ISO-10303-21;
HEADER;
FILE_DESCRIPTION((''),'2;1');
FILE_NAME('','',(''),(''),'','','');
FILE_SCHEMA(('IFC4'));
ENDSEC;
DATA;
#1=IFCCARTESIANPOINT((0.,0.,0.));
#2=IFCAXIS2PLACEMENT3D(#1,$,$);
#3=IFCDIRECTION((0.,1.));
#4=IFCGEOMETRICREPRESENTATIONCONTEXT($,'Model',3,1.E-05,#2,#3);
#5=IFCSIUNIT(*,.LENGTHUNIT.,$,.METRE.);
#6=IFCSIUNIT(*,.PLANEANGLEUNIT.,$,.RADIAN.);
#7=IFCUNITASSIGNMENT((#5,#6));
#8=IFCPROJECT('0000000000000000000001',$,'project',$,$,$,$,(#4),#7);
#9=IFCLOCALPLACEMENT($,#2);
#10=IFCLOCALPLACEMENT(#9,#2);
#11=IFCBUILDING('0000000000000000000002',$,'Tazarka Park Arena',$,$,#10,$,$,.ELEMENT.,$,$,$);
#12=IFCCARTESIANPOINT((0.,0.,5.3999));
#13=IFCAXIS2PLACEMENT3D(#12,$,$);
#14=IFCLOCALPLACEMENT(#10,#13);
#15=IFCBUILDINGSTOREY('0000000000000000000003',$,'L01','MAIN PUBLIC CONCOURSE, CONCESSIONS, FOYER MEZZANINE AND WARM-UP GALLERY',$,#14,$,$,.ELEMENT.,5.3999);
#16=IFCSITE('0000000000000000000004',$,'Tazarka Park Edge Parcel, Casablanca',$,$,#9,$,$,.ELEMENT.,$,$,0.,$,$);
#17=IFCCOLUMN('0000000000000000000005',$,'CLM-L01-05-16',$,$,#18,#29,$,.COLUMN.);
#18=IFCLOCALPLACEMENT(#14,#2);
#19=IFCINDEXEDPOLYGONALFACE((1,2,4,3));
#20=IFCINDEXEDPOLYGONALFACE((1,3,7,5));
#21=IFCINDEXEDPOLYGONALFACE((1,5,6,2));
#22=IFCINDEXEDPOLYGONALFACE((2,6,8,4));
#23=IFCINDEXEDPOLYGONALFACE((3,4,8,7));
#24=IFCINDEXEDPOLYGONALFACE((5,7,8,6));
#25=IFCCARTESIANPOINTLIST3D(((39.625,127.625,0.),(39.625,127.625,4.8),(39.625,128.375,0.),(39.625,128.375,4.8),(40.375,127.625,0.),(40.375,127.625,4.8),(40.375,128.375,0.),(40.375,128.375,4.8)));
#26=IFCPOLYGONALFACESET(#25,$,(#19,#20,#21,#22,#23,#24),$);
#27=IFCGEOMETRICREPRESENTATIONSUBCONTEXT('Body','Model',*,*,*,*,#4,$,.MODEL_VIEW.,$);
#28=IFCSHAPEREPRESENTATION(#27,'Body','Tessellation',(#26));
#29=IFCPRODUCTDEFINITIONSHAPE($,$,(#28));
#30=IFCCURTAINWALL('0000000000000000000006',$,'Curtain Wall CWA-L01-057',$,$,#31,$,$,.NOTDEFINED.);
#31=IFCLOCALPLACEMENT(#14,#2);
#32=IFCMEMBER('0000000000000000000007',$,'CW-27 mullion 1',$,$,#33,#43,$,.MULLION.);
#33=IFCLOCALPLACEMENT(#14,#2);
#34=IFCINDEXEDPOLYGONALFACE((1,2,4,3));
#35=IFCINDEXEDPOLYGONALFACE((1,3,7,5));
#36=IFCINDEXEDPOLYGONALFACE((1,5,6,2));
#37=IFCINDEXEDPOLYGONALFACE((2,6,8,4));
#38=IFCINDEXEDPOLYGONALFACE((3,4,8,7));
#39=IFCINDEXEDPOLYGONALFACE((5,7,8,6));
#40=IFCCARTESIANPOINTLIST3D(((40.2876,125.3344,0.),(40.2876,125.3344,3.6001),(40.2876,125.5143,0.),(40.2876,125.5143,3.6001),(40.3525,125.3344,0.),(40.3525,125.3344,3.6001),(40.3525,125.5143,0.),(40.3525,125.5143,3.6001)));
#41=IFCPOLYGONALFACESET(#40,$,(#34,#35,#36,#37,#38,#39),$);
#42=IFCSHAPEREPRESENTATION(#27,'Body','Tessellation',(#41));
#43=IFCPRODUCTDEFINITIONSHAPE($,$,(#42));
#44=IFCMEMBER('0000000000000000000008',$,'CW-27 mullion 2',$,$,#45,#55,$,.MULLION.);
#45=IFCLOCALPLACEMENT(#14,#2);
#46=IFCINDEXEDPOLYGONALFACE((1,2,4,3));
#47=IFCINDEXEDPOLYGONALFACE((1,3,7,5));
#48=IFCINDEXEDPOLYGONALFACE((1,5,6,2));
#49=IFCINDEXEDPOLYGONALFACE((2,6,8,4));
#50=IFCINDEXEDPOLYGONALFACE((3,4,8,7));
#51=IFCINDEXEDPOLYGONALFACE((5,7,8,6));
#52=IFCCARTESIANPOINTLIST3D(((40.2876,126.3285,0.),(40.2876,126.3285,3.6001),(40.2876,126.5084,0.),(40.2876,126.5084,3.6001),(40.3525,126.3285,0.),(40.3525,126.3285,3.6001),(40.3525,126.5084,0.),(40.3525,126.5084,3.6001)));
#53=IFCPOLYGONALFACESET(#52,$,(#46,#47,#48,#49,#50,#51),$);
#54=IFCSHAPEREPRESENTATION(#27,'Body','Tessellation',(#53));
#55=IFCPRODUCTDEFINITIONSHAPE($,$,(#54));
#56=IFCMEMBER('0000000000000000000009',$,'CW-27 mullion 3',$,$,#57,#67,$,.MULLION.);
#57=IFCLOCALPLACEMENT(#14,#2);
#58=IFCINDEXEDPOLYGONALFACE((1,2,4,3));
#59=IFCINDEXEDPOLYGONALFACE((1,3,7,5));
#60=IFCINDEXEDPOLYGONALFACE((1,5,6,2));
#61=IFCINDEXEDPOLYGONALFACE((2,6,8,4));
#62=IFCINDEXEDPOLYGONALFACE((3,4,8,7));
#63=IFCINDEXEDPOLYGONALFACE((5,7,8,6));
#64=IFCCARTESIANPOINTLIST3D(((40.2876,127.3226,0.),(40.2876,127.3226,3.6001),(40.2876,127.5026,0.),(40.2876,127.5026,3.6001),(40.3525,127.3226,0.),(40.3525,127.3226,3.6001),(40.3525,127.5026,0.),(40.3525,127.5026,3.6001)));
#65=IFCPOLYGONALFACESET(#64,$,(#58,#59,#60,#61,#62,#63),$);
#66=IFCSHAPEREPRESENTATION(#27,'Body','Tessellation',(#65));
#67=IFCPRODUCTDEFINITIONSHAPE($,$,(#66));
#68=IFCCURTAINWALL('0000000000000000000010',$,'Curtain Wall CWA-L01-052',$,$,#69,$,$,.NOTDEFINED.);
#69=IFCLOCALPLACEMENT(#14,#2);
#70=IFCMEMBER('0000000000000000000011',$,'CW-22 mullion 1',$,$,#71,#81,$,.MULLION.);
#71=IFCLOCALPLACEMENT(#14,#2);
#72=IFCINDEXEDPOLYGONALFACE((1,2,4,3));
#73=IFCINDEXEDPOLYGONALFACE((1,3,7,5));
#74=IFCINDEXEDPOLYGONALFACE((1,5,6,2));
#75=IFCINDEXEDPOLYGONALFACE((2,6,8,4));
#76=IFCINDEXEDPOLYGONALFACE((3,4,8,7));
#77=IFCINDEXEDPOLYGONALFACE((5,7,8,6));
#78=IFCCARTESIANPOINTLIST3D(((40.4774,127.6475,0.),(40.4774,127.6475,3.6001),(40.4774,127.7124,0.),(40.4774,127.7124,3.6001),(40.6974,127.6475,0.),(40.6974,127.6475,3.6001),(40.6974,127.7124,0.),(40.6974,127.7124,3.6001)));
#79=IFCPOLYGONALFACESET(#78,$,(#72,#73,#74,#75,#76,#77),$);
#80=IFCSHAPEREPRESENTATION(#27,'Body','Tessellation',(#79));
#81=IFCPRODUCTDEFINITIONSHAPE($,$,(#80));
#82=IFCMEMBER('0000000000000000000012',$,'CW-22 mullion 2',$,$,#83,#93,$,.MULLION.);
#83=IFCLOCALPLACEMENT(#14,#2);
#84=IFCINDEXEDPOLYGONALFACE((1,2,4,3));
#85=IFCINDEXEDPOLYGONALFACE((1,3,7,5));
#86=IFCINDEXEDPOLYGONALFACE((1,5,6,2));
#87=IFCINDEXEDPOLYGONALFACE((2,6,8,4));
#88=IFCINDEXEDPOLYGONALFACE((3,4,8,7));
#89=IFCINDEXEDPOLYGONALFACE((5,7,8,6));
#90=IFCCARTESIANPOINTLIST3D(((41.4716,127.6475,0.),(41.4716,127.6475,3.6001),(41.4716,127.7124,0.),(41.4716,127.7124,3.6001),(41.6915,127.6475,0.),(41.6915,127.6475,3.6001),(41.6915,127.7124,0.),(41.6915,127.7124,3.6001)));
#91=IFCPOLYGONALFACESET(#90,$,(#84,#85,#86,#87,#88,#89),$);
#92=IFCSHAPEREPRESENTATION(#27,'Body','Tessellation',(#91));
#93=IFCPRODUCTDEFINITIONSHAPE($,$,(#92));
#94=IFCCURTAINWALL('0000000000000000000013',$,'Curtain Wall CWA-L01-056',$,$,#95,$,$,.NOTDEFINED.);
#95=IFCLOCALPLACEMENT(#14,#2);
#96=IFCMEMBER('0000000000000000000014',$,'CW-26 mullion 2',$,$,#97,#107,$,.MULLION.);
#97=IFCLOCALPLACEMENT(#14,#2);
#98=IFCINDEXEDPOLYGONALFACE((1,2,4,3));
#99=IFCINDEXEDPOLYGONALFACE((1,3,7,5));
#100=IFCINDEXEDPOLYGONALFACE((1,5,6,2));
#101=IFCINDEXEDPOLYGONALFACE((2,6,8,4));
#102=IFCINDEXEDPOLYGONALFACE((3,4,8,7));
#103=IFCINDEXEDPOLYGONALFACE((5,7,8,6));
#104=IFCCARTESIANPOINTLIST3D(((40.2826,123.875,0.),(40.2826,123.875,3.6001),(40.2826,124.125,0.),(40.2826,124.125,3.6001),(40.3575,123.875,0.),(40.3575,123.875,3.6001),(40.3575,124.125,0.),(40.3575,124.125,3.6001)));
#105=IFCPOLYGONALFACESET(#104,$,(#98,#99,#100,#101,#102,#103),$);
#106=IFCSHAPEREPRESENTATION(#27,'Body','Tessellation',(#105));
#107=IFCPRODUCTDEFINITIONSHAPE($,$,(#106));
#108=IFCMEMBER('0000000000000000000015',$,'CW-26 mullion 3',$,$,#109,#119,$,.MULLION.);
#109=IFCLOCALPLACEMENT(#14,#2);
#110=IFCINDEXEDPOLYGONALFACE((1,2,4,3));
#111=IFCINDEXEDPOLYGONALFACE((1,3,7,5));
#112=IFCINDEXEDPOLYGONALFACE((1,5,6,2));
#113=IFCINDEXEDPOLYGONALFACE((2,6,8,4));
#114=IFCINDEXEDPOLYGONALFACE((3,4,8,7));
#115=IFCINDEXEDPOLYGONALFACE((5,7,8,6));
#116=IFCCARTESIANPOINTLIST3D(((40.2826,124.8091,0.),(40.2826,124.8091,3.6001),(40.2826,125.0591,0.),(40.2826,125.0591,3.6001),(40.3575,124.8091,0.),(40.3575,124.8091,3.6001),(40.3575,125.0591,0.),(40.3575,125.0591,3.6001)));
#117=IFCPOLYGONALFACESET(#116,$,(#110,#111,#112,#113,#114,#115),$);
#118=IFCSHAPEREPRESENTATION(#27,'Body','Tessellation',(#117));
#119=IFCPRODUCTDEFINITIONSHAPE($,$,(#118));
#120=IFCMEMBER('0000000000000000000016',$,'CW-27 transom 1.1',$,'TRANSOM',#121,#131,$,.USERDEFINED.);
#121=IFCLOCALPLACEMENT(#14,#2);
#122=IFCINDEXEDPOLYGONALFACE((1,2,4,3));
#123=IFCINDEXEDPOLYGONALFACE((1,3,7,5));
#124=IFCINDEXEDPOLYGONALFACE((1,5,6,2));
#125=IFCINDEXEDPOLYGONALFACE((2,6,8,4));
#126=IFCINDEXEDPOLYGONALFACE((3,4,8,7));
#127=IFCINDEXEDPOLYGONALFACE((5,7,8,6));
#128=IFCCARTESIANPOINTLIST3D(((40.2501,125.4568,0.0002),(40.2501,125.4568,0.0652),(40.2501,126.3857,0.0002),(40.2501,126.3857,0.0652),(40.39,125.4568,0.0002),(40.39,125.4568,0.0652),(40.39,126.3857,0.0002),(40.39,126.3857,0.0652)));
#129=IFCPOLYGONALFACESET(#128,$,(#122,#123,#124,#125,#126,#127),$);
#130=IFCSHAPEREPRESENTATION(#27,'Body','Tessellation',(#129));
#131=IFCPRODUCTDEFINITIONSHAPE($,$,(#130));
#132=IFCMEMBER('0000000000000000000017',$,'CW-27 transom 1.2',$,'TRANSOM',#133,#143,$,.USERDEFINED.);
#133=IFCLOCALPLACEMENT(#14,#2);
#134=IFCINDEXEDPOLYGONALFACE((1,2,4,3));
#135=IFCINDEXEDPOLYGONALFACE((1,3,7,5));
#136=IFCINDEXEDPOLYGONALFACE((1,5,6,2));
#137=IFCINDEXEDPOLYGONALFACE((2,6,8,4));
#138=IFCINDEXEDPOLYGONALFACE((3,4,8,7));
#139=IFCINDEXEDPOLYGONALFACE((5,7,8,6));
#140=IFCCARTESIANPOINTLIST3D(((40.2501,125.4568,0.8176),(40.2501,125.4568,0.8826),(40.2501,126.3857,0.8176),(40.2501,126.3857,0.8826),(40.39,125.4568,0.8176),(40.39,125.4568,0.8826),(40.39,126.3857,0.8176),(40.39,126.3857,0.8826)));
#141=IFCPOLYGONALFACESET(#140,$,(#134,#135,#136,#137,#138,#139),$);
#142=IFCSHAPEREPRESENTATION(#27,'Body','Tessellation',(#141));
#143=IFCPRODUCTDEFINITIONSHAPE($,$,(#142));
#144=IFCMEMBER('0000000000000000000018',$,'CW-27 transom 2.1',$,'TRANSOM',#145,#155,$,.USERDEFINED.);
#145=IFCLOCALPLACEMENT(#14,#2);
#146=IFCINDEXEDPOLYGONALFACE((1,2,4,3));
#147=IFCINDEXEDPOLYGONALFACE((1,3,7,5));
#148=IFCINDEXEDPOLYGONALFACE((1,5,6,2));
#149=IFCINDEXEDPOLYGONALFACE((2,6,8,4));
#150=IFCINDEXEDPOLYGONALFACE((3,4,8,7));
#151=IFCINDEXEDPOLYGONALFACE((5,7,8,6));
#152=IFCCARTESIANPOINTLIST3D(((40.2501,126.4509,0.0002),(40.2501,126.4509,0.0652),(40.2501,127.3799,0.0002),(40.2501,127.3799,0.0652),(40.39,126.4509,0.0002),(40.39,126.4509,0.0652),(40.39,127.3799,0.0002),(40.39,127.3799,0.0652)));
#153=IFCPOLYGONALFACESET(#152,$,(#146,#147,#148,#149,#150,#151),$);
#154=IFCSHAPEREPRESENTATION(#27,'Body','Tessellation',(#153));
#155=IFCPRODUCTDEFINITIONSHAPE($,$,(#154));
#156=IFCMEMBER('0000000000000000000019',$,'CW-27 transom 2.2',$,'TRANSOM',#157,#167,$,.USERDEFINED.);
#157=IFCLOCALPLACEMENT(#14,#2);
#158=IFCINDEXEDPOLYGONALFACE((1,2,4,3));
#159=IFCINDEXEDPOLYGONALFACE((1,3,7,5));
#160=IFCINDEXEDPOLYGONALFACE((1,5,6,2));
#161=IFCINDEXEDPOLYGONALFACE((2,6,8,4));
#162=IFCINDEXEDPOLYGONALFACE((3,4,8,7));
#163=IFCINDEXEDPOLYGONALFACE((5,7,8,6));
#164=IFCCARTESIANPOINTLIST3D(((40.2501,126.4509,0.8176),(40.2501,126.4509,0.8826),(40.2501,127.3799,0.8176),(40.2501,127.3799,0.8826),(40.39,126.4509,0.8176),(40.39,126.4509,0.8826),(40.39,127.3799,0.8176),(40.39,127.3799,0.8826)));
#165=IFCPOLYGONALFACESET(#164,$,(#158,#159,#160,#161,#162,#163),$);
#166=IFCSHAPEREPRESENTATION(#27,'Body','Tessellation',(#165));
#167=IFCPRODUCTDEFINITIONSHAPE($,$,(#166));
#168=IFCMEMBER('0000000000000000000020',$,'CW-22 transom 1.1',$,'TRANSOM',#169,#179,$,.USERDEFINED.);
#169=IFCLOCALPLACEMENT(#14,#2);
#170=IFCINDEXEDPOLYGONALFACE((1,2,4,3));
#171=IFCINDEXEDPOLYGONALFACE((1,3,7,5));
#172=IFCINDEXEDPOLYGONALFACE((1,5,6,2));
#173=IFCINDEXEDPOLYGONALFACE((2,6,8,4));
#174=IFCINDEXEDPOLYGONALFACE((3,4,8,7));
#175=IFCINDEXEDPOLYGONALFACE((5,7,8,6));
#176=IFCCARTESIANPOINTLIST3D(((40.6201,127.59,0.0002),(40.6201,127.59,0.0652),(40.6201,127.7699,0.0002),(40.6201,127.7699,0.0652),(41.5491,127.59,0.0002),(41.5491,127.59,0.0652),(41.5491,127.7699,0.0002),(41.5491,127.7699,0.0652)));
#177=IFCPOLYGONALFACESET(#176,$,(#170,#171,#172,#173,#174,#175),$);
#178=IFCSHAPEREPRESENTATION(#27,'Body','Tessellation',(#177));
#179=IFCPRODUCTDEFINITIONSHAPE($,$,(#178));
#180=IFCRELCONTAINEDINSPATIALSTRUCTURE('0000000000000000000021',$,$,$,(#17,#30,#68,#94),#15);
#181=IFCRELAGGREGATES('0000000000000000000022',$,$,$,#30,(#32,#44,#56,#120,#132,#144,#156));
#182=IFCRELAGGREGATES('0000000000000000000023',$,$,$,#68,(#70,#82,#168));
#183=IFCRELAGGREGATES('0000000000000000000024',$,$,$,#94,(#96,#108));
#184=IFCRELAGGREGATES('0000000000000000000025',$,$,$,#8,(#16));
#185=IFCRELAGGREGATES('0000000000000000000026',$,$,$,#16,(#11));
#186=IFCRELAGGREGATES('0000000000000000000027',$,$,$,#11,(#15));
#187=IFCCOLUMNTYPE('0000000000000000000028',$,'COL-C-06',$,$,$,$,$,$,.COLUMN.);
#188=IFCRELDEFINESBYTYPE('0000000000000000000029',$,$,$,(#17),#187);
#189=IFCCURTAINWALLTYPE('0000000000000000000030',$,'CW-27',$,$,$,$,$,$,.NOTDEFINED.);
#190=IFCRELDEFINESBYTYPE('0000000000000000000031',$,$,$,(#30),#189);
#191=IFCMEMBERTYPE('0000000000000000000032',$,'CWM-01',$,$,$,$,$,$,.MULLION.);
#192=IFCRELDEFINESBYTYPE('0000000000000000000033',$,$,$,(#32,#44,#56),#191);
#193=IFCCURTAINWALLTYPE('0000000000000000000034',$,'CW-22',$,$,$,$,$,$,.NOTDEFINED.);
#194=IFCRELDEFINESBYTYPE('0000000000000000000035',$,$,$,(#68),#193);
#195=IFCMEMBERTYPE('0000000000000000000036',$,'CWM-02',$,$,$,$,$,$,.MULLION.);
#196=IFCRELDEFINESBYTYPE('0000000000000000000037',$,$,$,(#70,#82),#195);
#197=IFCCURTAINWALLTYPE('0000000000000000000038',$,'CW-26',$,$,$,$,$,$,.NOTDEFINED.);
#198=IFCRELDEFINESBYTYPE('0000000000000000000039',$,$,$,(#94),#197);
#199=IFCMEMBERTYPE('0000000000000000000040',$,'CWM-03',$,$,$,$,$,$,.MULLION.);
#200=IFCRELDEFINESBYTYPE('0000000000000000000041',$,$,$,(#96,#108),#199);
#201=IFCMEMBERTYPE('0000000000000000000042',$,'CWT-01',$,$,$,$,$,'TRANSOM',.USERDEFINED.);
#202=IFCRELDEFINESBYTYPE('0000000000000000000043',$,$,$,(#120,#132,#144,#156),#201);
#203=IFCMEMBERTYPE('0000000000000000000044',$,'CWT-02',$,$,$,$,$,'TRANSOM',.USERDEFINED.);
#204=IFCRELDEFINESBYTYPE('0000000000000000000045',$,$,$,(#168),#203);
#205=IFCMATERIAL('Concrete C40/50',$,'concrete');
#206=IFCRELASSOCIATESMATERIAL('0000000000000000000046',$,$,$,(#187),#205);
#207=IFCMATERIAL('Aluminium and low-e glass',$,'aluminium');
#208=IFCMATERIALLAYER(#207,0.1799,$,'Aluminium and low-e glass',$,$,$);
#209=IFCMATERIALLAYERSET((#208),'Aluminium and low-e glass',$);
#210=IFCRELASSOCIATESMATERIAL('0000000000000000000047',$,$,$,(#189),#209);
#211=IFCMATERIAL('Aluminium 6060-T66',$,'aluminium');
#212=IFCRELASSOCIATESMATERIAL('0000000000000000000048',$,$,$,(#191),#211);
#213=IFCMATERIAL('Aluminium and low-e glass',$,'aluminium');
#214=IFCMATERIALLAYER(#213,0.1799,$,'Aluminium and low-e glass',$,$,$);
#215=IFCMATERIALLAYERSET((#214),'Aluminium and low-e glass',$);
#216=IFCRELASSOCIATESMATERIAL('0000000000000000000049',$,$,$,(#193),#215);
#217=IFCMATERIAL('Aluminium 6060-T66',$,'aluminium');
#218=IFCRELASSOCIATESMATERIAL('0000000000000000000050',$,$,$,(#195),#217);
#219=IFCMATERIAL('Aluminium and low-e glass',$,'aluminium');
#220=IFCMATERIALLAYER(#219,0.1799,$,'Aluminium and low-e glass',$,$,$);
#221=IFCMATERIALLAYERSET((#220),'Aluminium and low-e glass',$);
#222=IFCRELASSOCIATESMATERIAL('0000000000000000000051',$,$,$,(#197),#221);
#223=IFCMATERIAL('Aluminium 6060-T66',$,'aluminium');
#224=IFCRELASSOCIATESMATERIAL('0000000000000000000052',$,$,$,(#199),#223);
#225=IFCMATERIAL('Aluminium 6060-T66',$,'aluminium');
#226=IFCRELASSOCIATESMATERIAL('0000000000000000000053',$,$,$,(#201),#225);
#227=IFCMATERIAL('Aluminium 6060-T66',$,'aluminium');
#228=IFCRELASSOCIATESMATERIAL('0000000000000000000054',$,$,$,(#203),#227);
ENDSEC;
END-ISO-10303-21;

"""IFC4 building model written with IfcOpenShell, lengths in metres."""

from ifc_helpers import new_model, si_unit, direction, frame, origin, origin_2d, place, context, subcontext, project, spatial, rectangle, extrude, material, layer, layer_set, material_profile, profile_set, type_object, element, aggregate, save


model = new_model("IFC4")

# Units and contexts
model_context = context("Model", 3, precision=1e-05, world=origin(), true_north=direction((0.0, 1.0)))
body_context = subcontext(model_context, "Body", "Model", "MODEL_VIEW")
ifc_project = project(units=[si_unit("LENGTHUNIT", "METRE"), si_unit("PLANEANGLEUNIT", "RADIAN")], contexts=[model_context])

# Site, building, storey
site_placement = place(None, origin())
site = spatial("IfcSite", under=ifc_project, at=site_placement, Name="Tazarka Park Edge Parcel, Casablanca", CompositionType="ELEMENT", RefElevation=0.0)
building_placement = place(site_placement, origin())
building = spatial("IfcBuilding", under=site, at=building_placement, Name="Tazarka Park Arena", CompositionType="ELEMENT")
storey_placement = place(building_placement, frame((0.0, 0.0, 5.3999)))
storey = spatial("IfcBuildingStorey", under=building, at=storey_placement, Name="L01", Description="MAIN PUBLIC CONCOURSE, CONCESSIONS, FOYER MEZZANINE AND WARM-UP GALLERY", CompositionType="ELEMENT", Elevation=5.3999)

# Column
ifc_material_1 = material(Name="Concrete C40/50", Category="concrete")
ifc_material_profile_1 = material_profile(ifc_material_1, rectangle(XDim=0.75, YDim=0.75, at=origin_2d()), Name="Concrete C40/50")
ifc_profile_set_1 = profile_set([ifc_material_profile_1], Name="Concrete C40/50")
column_type = type_object("IfcColumnType", Name="COL-C-06", PredefinedType="COLUMN", material=ifc_profile_set_1)
column_placement = place(storey_placement, frame((40.0, 128.0, 0.0), z_axis=(0.0, 0.0, 1.0), x_axis=(1.0, 0.0, 0.0)))
element("IfcColumn", 1, at=column_placement, inside=storey, type_object=column_type, Name="CLM-L01-05-16", PredefinedType="COLUMN", context=body_context, shape_type="SweptSolid", body=[
    extrude(rectangle(XDim=0.75, YDim=0.75, at=origin_2d()), origin(), (0.0, 0.0, 1.0), 4.8),
])

# Curtain walls, members
ifc_material_2 = material(Name="Aluminium and low-e glass", Category="aluminium")
ifc_layer_1 = layer(ifc_material_2, 0.1799, Name="Aluminium and low-e glass")
ifc_layer_set_1 = layer_set([ifc_layer_1], Name="Aluminium and low-e glass")
curtain_wall_type_1 = type_object("IfcCurtainWallType", Name="CW-27", PredefinedType="NOTDEFINED", material=ifc_layer_set_1)
curtain_wall_1_placement = place(storey_placement, origin())
curtain_wall_1 = element("IfcCurtainWall", 2, at=curtain_wall_1_placement, inside=storey, type_object=curtain_wall_type_1, Name="Curtain Wall CWA-L01-057", PredefinedType="NOTDEFINED")
ifc_material_3 = material(Name="Aluminium 6060-T66", Category="aluminium")
ifc_material_profile_2 = material_profile(ifc_material_3, rectangle(XDim=0.0649, YDim=0.1799, at=origin_2d()), Name="Aluminium 6060-T66")
ifc_profile_set_2 = profile_set([ifc_material_profile_2], Name="Aluminium 6060-T66")
member_type_1 = type_object("IfcMemberType", Name="CWM-01", PredefinedType="MULLION", material=ifc_profile_set_2)
member_1_placement = place(storey_placement, frame((40.3201, 125.4243, 0.0), z_axis=(0.0, 0.0, 1.0), x_axis=(-1.0, 0.0, 0.0)))
member_1 = element("IfcMember", 3, at=member_1_placement, type_object=member_type_1, Name="CW-27 mullion 1", PredefinedType="MULLION", context=body_context, shape_type="SweptSolid", body=[
    extrude(rectangle(XDim=0.0649, YDim=0.1799, at=origin_2d()), origin(), (0.0, 0.0, 1.0), 3.6001),
])
member_2_placement = place(storey_placement, frame((40.3201, 126.4185, 0.0), z_axis=(0.0, 0.0, 1.0), x_axis=(-1.0, 0.0, 0.0)))
member_2 = element("IfcMember", 4, at=member_2_placement, type_object=member_type_1, Name="CW-27 mullion 2", PredefinedType="MULLION", context=body_context, shape_type="SweptSolid", body=[
    extrude(rectangle(XDim=0.0649, YDim=0.1799, at=origin_2d()), origin(), (0.0, 0.0, 1.0), 3.6001),
])
member_3_placement = place(storey_placement, frame((40.3201, 127.4126, 0.0), z_axis=(0.0, 0.0, 1.0), x_axis=(-1.0, 0.0, 0.0)))
member_3 = element("IfcMember", 5, at=member_3_placement, type_object=member_type_1, Name="CW-27 mullion 3", PredefinedType="MULLION", context=body_context, shape_type="SweptSolid", body=[
    extrude(rectangle(XDim=0.0649, YDim=0.1799, at=origin_2d()), origin(), (0.0, 0.0, 1.0), 3.6001),
])
ifc_material_4 = material(Name="Aluminium and low-e glass", Category="aluminium")
ifc_layer_2 = layer(ifc_material_4, 0.1799, Name="Aluminium and low-e glass")
ifc_layer_set_2 = layer_set([ifc_layer_2], Name="Aluminium and low-e glass")
curtain_wall_type_2 = type_object("IfcCurtainWallType", Name="CW-22", PredefinedType="NOTDEFINED", material=ifc_layer_set_2)
curtain_wall_2_placement = place(storey_placement, origin())
curtain_wall_2 = element("IfcCurtainWall", 6, at=curtain_wall_2_placement, inside=storey, type_object=curtain_wall_type_2, Name="Curtain Wall CWA-L01-052", PredefinedType="NOTDEFINED")
ifc_material_5 = material(Name="Aluminium 6060-T66", Category="aluminium")
ifc_material_profile_3 = material_profile(ifc_material_5, rectangle(XDim=0.0649, YDim=0.22, at=origin_2d()), Name="Aluminium 6060-T66")
ifc_profile_set_3 = profile_set([ifc_material_profile_3], Name="Aluminium 6060-T66")
member_type_2 = type_object("IfcMemberType", Name="CWM-02", PredefinedType="MULLION", material=ifc_profile_set_3)
member_4_placement = place(storey_placement, frame((40.5874, 127.6799, 0.0), z_axis=(0.0, 0.0, 1.0), x_axis=(0.0, 1.0, 0.0)))
member_4 = element("IfcMember", 7, at=member_4_placement, type_object=member_type_2, Name="CW-22 mullion 1", PredefinedType="MULLION", context=body_context, shape_type="SweptSolid", body=[
    extrude(rectangle(XDim=0.0649, YDim=0.22, at=origin_2d()), origin(), (0.0, 0.0, 1.0), 3.6001),
])
member_5_placement = place(storey_placement, frame((41.5815, 127.6799, 0.0), z_axis=(0.0, 0.0, 1.0), x_axis=(0.0, 1.0, 0.0)))
member_5 = element("IfcMember", 8, at=member_5_placement, type_object=member_type_2, Name="CW-22 mullion 2", PredefinedType="MULLION", context=body_context, shape_type="SweptSolid", body=[
    extrude(rectangle(XDim=0.0649, YDim=0.22, at=origin_2d()), origin(), (0.0, 0.0, 1.0), 3.6001),
])
ifc_material_6 = material(Name="Aluminium and low-e glass", Category="aluminium")
ifc_layer_3 = layer(ifc_material_6, 0.1799, Name="Aluminium and low-e glass")
ifc_layer_set_3 = layer_set([ifc_layer_3], Name="Aluminium and low-e glass")
curtain_wall_type_3 = type_object("IfcCurtainWallType", Name="CW-26", PredefinedType="NOTDEFINED", material=ifc_layer_set_3)
curtain_wall_3_placement = place(storey_placement, origin())
curtain_wall_3 = element("IfcCurtainWall", 9, at=curtain_wall_3_placement, inside=storey, type_object=curtain_wall_type_3, Name="Curtain Wall CWA-L01-056", PredefinedType="NOTDEFINED")
ifc_material_7 = material(Name="Aluminium 6060-T66", Category="aluminium")
ifc_material_profile_4 = material_profile(ifc_material_7, rectangle(XDim=0.075, YDim=0.25, at=origin_2d()), Name="Aluminium 6060-T66")
ifc_profile_set_4 = profile_set([ifc_material_profile_4], Name="Aluminium 6060-T66")
member_type_3 = type_object("IfcMemberType", Name="CWM-03", PredefinedType="MULLION", material=ifc_profile_set_4)
member_6_placement = place(storey_placement, frame((40.3201, 124.0, 0.0), z_axis=(0.0, 0.0, 1.0), x_axis=(-1.0, 0.0, 0.0)))
member_6 = element("IfcMember", 10, at=member_6_placement, type_object=member_type_3, Name="CW-26 mullion 2", PredefinedType="MULLION", context=body_context, shape_type="SweptSolid", body=[
    extrude(rectangle(XDim=0.075, YDim=0.25, at=origin_2d()), origin(), (0.0, 0.0, 1.0), 3.6001),
])
member_7_placement = place(storey_placement, frame((40.3201, 124.9341, 0.0), z_axis=(0.0, 0.0, 1.0), x_axis=(-1.0, 0.0, 0.0)))
member_7 = element("IfcMember", 11, at=member_7_placement, type_object=member_type_3, Name="CW-26 mullion 3", PredefinedType="MULLION", context=body_context, shape_type="SweptSolid", body=[
    extrude(rectangle(XDim=0.075, YDim=0.25, at=origin_2d()), origin(), (0.0, 0.0, 1.0), 3.6001),
])

# Members
ifc_material_8 = material(Name="Aluminium 6060-T66", Category="aluminium")
ifc_material_profile_5 = material_profile(ifc_material_8, rectangle(XDim=0.1399, YDim=0.0649, at=origin_2d()), Name="Aluminium 6060-T66")
ifc_profile_set_5 = profile_set([ifc_material_profile_5], Name="Aluminium 6060-T66")
member_type_4 = type_object("IfcMemberType", Name="CWT-01", ElementType="TRANSOM", PredefinedType="USERDEFINED", material=ifc_profile_set_5)
member_8_placement = place(storey_placement, frame((40.3201, 125.4568, 0.0327), z_axis=(0.0, 1.0, 0.0), x_axis=(-1.0, 0.0, 0.0)))
member_8 = element("IfcMember", 12, at=member_8_placement, type_object=member_type_4, Name="CW-27 transom 1.1", ObjectType="TRANSOM", PredefinedType="USERDEFINED", context=body_context, shape_type="SweptSolid", body=[
    extrude(rectangle(XDim=0.1399, YDim=0.0649, at=origin_2d()), origin(), (0.0, 0.0, 1.0), 0.929),
])
member_9_placement = place(storey_placement, frame((40.3201, 125.4568, 0.8501), z_axis=(0.0, 1.0, 0.0), x_axis=(-1.0, 0.0, 0.0)))
member_9 = element("IfcMember", 13, at=member_9_placement, type_object=member_type_4, Name="CW-27 transom 1.2", ObjectType="TRANSOM", PredefinedType="USERDEFINED", context=body_context, shape_type="SweptSolid", body=[
    extrude(rectangle(XDim=0.1399, YDim=0.0649, at=origin_2d()), origin(), (0.0, 0.0, 1.0), 0.929),
])
member_10_placement = place(storey_placement, frame((40.3201, 126.4509, 0.0327), z_axis=(0.0, 1.0, 0.0), x_axis=(-1.0, 0.0, 0.0)))
member_10 = element("IfcMember", 14, at=member_10_placement, type_object=member_type_4, Name="CW-27 transom 2.1", ObjectType="TRANSOM", PredefinedType="USERDEFINED", context=body_context, shape_type="SweptSolid", body=[
    extrude(rectangle(XDim=0.1399, YDim=0.0649, at=origin_2d()), origin(), (0.0, 0.0, 1.0), 0.929),
])
member_11_placement = place(storey_placement, frame((40.3201, 126.4509, 0.8501), z_axis=(0.0, 1.0, 0.0), x_axis=(-1.0, 0.0, 0.0)))
member_11 = element("IfcMember", 15, at=member_11_placement, type_object=member_type_4, Name="CW-27 transom 2.2", ObjectType="TRANSOM", PredefinedType="USERDEFINED", context=body_context, shape_type="SweptSolid", body=[
    extrude(rectangle(XDim=0.1399, YDim=0.0649, at=origin_2d()), origin(), (0.0, 0.0, 1.0), 0.929),
])
ifc_material_9 = material(Name="Aluminium 6060-T66", Category="aluminium")
ifc_material_profile_6 = material_profile(ifc_material_9, rectangle(XDim=0.1799, YDim=0.0649, at=origin_2d()), Name="Aluminium 6060-T66")
ifc_profile_set_6 = profile_set([ifc_material_profile_6], Name="Aluminium 6060-T66")
member_type_5 = type_object("IfcMemberType", Name="CWT-02", ElementType="TRANSOM", PredefinedType="USERDEFINED", material=ifc_profile_set_6)
member_12_placement = place(storey_placement, frame((40.6201, 127.6799, 0.0327), z_axis=(1.0, 0.0, 0.0), x_axis=(0.0, 1.0, 0.0)))
member_12 = element("IfcMember", 16, at=member_12_placement, type_object=member_type_5, Name="CW-22 transom 1.1", ObjectType="TRANSOM", PredefinedType="USERDEFINED", context=body_context, shape_type="SweptSolid", body=[
    extrude(rectangle(XDim=0.1799, YDim=0.0649, at=origin_2d()), origin(), (0.0, 0.0, 1.0), 0.929),
])

aggregate(curtain_wall_1, [member_1, member_2, member_3, member_8, member_9, member_10, member_11])
aggregate(curtain_wall_2, [member_4, member_5, member_12])
aggregate(curtain_wall_3, [member_6, member_7])

save(model, "model.ifc")
